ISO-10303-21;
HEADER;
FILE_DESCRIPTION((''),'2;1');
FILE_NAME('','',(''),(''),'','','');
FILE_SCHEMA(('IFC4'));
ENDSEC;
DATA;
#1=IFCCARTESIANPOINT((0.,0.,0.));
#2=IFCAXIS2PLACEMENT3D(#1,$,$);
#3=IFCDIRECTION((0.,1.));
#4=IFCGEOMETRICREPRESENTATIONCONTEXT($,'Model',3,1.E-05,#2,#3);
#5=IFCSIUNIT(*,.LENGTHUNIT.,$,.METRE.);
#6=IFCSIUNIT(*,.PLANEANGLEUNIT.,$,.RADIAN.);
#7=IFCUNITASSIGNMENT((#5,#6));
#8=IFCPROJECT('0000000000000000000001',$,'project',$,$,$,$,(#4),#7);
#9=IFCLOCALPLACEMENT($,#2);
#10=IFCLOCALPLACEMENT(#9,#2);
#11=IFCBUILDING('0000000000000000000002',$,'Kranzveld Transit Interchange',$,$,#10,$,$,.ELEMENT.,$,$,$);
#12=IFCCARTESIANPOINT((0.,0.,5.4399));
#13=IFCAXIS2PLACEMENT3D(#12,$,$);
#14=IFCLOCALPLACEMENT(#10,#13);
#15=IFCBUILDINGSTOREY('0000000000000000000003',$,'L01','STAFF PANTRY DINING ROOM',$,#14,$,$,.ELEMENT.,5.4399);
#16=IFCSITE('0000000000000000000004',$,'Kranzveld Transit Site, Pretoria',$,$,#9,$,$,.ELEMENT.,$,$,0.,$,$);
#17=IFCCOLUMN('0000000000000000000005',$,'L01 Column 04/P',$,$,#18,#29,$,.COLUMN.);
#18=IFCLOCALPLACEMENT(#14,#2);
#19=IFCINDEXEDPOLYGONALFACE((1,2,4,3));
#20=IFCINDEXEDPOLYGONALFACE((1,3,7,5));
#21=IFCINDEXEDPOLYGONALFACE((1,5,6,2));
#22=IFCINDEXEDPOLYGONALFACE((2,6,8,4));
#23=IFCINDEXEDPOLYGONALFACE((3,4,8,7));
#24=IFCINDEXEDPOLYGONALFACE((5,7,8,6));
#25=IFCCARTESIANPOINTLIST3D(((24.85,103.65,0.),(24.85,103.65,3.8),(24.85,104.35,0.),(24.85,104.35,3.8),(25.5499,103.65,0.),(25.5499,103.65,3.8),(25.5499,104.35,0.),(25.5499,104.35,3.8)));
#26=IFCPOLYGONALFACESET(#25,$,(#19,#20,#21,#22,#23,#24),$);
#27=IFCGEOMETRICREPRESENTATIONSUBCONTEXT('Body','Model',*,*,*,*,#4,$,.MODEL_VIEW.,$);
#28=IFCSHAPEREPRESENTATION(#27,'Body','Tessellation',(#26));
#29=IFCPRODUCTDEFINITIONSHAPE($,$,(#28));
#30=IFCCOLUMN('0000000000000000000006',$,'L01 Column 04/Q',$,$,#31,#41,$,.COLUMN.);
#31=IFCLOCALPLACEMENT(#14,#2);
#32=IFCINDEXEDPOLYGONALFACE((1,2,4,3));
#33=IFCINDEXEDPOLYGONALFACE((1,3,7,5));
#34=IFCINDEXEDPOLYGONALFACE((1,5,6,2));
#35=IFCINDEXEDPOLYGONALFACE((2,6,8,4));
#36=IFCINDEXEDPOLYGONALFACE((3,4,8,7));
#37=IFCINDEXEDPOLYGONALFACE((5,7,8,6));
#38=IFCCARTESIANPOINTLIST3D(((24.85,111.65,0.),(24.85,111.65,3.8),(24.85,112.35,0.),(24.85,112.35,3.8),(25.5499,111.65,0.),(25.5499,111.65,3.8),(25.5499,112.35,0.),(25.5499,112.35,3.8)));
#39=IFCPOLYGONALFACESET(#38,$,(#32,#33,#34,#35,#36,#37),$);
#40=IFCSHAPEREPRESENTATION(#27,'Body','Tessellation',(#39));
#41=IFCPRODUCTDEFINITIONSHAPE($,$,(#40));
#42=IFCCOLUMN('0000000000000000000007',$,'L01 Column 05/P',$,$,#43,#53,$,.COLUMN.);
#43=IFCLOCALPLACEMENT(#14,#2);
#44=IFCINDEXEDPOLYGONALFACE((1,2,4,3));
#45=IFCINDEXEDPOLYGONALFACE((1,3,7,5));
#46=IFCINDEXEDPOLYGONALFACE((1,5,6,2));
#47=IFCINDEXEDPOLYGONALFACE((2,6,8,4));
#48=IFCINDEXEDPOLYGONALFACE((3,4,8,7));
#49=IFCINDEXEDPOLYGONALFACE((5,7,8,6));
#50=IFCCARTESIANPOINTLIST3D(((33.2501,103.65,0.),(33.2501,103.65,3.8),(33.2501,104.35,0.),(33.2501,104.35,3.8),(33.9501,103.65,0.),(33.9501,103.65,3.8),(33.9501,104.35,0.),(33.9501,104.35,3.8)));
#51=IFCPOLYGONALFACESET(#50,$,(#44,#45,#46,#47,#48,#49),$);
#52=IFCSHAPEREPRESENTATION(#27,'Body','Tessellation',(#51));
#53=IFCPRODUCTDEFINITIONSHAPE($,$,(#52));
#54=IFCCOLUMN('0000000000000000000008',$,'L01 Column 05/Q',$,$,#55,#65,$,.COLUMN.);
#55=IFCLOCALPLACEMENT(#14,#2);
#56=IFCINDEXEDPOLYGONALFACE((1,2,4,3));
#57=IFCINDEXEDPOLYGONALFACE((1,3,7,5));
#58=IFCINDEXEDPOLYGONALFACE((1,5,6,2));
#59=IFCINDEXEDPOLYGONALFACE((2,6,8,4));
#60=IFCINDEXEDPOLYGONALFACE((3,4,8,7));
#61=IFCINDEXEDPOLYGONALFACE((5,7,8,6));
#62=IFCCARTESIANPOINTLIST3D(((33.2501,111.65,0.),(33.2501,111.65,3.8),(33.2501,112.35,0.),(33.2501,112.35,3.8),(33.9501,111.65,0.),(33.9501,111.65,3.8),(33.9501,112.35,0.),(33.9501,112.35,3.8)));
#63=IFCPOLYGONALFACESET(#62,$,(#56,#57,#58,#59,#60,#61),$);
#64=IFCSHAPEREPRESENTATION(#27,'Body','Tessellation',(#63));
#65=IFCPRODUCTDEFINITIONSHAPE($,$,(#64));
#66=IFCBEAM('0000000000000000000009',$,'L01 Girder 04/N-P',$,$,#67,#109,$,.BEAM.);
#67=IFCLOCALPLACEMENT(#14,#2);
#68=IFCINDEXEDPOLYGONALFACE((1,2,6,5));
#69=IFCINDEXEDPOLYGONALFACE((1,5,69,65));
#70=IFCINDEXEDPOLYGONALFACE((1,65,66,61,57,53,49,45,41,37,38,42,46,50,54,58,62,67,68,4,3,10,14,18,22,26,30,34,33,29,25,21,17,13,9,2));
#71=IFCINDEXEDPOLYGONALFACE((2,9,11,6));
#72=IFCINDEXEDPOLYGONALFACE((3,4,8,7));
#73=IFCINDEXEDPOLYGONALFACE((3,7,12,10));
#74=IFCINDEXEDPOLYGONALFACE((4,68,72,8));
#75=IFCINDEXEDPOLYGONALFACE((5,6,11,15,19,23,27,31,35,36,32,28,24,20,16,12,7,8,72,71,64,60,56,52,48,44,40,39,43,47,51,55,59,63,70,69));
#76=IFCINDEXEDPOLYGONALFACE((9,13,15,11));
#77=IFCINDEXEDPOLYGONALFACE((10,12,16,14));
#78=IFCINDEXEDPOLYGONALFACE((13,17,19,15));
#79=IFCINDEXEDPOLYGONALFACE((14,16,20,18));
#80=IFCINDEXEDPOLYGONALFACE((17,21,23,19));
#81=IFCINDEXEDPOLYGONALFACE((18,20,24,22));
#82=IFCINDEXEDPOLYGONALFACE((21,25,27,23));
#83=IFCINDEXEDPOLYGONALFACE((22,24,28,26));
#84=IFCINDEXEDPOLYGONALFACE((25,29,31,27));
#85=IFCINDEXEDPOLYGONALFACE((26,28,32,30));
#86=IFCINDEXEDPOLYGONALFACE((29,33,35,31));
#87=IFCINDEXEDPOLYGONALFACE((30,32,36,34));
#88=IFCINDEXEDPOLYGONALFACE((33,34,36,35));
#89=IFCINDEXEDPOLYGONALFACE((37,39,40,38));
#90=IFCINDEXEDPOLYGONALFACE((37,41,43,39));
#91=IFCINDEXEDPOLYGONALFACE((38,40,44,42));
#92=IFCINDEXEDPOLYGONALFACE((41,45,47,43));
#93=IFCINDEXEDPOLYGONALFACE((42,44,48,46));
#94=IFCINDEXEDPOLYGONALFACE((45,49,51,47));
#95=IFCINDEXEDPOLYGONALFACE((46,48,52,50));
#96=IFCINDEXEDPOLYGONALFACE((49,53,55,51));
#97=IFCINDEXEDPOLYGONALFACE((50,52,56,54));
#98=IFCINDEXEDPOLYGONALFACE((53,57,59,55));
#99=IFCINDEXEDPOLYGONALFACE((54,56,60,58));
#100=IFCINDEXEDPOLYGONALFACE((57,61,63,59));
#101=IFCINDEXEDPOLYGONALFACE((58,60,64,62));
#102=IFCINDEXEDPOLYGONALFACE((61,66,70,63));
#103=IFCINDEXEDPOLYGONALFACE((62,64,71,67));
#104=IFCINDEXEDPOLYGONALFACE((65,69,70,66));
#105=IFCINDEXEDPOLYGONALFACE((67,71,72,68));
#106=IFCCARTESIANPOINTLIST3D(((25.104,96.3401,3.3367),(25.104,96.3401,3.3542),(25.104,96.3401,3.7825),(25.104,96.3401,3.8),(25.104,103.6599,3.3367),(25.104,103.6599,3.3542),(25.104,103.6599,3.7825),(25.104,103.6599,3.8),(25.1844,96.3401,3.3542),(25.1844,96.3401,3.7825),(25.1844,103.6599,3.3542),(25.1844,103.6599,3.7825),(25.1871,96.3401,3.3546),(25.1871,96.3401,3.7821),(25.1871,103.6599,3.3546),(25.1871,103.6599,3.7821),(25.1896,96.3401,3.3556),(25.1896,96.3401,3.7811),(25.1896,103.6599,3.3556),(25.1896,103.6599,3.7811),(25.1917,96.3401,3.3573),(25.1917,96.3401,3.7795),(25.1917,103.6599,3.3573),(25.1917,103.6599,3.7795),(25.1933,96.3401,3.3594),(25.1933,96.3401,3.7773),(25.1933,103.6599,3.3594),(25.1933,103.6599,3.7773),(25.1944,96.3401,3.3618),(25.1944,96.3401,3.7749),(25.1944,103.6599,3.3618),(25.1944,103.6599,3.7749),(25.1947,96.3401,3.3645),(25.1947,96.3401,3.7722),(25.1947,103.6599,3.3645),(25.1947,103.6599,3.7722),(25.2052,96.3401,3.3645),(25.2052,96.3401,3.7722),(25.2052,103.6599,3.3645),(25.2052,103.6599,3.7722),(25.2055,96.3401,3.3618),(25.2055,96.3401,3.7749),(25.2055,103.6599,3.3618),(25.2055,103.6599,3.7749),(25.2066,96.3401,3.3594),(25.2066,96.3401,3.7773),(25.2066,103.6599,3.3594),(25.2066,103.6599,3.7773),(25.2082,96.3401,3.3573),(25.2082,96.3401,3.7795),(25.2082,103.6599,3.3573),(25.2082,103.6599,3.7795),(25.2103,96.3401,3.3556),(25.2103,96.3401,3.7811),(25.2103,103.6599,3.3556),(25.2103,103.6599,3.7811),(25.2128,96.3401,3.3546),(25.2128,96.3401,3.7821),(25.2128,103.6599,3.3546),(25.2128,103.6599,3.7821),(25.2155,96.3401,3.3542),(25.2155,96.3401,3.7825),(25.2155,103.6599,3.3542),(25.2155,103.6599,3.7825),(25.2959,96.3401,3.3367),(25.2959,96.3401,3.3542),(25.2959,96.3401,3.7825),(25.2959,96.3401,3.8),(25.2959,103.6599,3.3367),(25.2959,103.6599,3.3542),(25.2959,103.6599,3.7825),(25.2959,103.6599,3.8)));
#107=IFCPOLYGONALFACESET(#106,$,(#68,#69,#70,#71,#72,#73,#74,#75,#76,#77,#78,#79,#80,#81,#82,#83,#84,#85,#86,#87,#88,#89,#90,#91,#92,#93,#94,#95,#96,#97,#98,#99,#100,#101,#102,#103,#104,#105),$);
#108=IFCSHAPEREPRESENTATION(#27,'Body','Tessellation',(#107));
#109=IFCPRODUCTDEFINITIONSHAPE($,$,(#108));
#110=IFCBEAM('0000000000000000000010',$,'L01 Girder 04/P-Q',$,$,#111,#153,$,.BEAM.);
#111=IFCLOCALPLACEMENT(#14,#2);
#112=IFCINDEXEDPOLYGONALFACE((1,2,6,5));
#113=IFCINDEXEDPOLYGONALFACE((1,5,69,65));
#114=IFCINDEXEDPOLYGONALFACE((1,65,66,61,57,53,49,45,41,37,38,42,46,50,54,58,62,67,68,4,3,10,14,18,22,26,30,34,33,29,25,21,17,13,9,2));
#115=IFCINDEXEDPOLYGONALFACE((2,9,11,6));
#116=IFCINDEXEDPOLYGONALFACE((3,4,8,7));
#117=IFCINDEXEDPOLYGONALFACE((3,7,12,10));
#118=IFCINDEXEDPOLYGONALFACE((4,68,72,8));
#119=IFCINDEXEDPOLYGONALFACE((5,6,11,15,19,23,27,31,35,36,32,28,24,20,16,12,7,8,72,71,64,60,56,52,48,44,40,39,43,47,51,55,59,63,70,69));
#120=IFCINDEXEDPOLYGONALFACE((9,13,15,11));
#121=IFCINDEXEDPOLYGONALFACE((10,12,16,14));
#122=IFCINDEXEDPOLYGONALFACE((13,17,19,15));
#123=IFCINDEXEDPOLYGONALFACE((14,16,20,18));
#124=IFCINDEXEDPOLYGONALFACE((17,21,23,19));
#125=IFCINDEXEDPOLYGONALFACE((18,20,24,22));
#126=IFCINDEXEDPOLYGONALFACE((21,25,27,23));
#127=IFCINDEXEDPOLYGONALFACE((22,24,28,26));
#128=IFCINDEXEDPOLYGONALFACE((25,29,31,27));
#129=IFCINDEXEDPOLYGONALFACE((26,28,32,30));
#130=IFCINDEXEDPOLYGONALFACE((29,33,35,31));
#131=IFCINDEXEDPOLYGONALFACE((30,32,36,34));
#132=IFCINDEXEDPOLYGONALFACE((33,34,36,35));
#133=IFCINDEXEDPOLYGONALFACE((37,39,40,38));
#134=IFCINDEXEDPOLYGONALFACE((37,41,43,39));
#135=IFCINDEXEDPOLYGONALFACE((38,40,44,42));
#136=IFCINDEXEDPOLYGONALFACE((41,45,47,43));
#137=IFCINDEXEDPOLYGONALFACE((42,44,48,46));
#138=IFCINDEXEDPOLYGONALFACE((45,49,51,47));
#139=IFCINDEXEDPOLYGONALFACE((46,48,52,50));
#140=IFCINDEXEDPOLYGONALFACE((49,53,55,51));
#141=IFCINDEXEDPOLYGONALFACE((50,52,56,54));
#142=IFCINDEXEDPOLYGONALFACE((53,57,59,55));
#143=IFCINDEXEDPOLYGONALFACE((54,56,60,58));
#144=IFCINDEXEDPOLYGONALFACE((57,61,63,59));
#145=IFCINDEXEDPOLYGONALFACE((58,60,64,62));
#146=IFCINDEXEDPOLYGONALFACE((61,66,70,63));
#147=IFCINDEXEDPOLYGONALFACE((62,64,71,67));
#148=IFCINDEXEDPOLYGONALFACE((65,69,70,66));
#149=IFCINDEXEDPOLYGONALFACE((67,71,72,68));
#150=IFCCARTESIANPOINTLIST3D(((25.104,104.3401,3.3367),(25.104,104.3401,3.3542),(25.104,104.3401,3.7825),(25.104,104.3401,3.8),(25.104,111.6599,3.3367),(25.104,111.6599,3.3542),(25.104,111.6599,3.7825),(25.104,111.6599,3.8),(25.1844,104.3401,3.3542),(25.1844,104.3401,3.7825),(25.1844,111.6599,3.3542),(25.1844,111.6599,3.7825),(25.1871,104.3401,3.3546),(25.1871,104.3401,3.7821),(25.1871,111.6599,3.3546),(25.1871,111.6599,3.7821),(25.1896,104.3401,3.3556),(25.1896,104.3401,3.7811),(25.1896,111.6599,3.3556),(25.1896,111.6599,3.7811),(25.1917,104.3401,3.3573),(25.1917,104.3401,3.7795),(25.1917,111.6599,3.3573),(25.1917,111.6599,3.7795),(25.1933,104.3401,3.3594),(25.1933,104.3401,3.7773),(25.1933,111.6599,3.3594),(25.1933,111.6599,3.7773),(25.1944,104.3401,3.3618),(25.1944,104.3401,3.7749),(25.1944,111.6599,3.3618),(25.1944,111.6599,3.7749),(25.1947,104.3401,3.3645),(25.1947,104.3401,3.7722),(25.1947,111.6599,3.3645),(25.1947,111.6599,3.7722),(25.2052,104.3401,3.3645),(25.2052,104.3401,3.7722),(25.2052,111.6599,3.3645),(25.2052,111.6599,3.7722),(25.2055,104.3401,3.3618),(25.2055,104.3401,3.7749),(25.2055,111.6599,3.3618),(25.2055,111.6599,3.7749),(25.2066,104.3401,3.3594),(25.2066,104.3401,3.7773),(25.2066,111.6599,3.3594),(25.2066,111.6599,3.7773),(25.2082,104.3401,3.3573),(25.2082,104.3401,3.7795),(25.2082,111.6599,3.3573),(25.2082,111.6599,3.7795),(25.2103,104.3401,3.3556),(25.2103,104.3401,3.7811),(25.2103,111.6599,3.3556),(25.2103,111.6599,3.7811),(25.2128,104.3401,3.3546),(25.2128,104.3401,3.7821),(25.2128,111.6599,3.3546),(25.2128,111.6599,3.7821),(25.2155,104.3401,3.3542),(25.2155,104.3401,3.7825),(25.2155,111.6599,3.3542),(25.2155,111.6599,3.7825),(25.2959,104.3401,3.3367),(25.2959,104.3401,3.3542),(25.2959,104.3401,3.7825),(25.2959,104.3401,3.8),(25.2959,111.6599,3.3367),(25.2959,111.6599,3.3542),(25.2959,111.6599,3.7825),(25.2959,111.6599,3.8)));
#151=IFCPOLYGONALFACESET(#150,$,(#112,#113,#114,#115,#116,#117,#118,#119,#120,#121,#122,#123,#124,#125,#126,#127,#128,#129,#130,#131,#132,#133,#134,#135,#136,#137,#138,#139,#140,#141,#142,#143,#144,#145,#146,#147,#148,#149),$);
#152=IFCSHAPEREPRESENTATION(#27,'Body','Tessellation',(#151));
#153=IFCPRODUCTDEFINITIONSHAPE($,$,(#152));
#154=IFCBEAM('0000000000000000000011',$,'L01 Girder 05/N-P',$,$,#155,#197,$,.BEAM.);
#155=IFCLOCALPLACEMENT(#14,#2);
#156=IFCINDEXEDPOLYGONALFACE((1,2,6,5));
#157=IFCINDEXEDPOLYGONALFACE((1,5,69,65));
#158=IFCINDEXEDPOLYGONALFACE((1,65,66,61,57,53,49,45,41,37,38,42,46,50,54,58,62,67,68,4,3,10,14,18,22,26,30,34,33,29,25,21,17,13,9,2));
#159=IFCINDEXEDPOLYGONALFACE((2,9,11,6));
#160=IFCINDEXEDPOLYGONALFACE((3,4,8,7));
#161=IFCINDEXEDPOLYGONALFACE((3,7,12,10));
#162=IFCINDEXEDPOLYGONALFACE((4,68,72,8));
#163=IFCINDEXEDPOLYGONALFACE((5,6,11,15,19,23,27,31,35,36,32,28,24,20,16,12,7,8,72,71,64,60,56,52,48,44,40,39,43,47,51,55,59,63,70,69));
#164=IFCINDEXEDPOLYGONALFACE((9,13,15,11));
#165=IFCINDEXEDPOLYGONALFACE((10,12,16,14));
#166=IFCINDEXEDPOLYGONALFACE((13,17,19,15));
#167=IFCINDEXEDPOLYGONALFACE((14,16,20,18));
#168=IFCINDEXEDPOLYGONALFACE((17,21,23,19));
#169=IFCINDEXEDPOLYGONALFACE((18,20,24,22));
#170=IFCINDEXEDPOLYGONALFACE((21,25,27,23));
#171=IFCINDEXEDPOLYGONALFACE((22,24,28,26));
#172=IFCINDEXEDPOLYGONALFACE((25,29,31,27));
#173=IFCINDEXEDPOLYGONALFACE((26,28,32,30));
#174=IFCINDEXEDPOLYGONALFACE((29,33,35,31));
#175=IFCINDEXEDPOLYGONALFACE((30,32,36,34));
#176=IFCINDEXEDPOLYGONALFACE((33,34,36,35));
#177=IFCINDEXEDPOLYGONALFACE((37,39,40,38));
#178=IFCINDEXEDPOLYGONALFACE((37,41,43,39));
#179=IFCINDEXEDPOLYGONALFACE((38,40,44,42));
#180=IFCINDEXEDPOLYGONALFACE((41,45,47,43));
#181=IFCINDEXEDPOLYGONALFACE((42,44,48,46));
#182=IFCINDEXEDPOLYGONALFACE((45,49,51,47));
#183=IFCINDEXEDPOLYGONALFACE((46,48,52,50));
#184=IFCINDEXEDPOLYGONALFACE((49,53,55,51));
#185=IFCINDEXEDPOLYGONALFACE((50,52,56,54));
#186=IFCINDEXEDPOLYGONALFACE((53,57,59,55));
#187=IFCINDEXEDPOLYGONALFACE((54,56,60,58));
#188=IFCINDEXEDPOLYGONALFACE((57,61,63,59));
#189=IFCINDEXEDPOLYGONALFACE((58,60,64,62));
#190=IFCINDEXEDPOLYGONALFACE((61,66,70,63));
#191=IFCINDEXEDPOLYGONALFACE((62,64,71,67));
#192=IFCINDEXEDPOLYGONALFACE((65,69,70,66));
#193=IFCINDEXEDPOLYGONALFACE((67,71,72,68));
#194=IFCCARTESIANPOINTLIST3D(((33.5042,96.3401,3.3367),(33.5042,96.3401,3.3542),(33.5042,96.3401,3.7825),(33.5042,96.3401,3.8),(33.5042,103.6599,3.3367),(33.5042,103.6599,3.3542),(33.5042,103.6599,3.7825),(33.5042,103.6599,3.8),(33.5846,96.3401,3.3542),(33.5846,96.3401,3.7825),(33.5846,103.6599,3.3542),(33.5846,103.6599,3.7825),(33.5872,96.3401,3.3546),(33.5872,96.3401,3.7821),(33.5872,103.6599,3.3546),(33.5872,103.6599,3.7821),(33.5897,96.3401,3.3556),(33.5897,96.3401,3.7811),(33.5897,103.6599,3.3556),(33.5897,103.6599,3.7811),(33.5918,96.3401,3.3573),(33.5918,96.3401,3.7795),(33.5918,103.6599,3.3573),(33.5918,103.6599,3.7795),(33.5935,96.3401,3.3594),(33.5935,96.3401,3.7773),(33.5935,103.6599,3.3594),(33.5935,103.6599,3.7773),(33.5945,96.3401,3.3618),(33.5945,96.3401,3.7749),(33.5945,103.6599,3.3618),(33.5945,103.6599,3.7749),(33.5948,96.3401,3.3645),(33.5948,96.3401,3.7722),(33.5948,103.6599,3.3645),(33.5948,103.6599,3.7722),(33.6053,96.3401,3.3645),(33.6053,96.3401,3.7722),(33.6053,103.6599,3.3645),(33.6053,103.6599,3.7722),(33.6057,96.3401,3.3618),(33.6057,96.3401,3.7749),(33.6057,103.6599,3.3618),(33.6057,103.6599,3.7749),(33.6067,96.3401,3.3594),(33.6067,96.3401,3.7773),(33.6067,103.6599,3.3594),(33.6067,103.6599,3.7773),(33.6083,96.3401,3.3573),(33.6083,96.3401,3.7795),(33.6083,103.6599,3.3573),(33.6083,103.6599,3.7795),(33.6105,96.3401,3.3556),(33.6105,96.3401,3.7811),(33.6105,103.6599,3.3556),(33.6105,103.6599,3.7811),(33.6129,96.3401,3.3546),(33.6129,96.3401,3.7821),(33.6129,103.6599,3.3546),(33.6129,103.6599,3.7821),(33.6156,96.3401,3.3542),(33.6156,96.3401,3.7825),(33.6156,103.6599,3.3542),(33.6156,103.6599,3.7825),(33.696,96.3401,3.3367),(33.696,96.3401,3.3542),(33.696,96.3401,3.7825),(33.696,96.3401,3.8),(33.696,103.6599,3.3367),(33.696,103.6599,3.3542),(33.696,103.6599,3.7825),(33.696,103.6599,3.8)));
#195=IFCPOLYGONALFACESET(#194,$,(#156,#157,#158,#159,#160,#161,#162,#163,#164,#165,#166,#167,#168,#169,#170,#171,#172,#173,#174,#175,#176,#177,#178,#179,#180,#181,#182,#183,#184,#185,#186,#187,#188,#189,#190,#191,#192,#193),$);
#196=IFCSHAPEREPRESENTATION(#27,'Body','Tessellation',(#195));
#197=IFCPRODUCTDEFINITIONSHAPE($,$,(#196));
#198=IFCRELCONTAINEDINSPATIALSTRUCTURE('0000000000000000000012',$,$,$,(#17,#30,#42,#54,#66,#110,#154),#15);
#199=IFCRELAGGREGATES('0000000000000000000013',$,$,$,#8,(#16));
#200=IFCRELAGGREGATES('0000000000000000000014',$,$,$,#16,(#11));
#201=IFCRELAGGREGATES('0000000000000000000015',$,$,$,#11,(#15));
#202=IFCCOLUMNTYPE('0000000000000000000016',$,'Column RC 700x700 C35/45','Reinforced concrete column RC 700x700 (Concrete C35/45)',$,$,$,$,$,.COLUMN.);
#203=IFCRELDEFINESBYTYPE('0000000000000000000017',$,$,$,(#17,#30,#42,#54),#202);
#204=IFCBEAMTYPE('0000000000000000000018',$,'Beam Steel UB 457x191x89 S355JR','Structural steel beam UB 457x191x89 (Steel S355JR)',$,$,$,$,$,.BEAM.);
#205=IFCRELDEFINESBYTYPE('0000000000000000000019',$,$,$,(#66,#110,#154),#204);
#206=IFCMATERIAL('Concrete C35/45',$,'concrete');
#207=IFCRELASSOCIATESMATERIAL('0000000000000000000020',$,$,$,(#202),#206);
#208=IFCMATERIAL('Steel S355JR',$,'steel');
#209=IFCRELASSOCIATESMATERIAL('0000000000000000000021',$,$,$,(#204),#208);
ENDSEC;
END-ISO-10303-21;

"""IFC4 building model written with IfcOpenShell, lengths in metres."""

from ifc_helpers import new_model, si_unit, direction, frame, origin, origin_2d, place, context, subcontext, project, spatial, rectangle, i_section, extrude, material, material_profile, profile_set, type_object, element, save


model = new_model("IFC4")

# Units and contexts
model_context = context("Model", 3, precision=1e-05, world=origin(), true_north=direction((0.0, 1.0)))
body_context = subcontext(model_context, "Body", "Model", "MODEL_VIEW")
ifc_project = project(units=[si_unit("LENGTHUNIT", "METRE"), si_unit("PLANEANGLEUNIT", "RADIAN")], contexts=[model_context])

# Site, building, storey
site_placement = place(None, origin())
site = spatial("IfcSite", under=ifc_project, at=site_placement, Name="Kranzveld Transit Site, Pretoria", CompositionType="ELEMENT", RefElevation=0.0)
building_placement = place(site_placement, origin())
building = spatial("IfcBuilding", under=site, at=building_placement, Name="Kranzveld Transit Interchange", CompositionType="ELEMENT")
storey_placement = place(building_placement, frame((0.0, 0.0, 5.4399)))
storey = spatial("IfcBuildingStorey", under=building, at=storey_placement, Name="L01", Description="STAFF PANTRY DINING ROOM", CompositionType="ELEMENT", Elevation=5.4399)

# Columns
ifc_material_1 = material(Name="Concrete C35/45", Category="concrete")
ifc_material_profile_1 = material_profile(ifc_material_1, rectangle(XDim=0.7, YDim=0.7, at=origin_2d()), Name="RC 700x700")
ifc_profile_set_1 = profile_set([ifc_material_profile_1], Name="Concrete C35/45")
column_type = type_object("IfcColumnType", Name="Column RC 700x700 C35/45", Description="Reinforced concrete column RC 700x700 (Concrete C35/45)", PredefinedType="COLUMN", material=ifc_profile_set_1)
for number, where, z_axis, x_axis, name in (
    (1, (25.2, 104.0, 0.0), (0.0, 0.0, 1.0), (1.0, 0.0, 0.0), "L01 Column 04/P"),
    (2, (25.2, 112.0, 0.0), (0.0, 0.0, 1.0), (1.0, 0.0, 0.0), "L01 Column 04/Q"),
    (3, (33.6001, 104.0, 0.0), (0.0, 0.0, 1.0), (1.0, 0.0, 0.0), "L01 Column 05/P"),
    (4, (33.6001, 112.0, 0.0), (0.0, 0.0, 1.0), (1.0, 0.0, 0.0), "L01 Column 05/Q"),
):
    element("IfcColumn", number, at=place(storey_placement, frame(where, z_axis=z_axis, x_axis=x_axis)), inside=storey, type_object=column_type, Name=name, PredefinedType="COLUMN", context=body_context, shape_type="SweptSolid", body=[
        extrude(rectangle(XDim=0.7, YDim=0.7, at=origin_2d()), origin(), (0.0, 0.0, 1.0), 3.8),
    ])

# Beams
ifc_material_2 = material(Name="Steel S355JR", Category="steel")
ifc_material_profile_2 = material_profile(ifc_material_2, i_section(OverallWidth=0.1919, OverallDepth=0.4634, WebThickness=0.0105, FlangeThickness=0.0176, FilletRadius=0.0103, at=origin_2d()), Name="UB 457x191x89")
ifc_profile_set_2 = profile_set([ifc_material_profile_2], Name="Steel S355JR")
beam_type_1 = type_object("IfcBeamType", Name="Beam Steel UB 457x191x89 S355JR", Description="Structural steel beam UB 457x191x89 (Steel S355JR)", PredefinedType="BEAM", material=ifc_profile_set_2)
for number, where, z_axis, x_axis, name in (
    (5, (25.2, 96.3401, 3.5684), (0.0, 1.0, 0.0), (-1.0, 0.0, 0.0), "L01 Girder 04/N-P"),
    (6, (25.2, 104.3401, 3.5684), (0.0, 1.0, 0.0), (-1.0, 0.0, 0.0), "L01 Girder 04/P-Q"),
    (7, (33.6001, 96.3401, 3.5684), (0.0, 1.0, 0.0), (-1.0, 0.0, 0.0), "L01 Girder 05/N-P"),
):
    element("IfcBeam", number, at=place(storey_placement, frame(where, z_axis=z_axis, x_axis=x_axis)), inside=storey, type_object=beam_type_1, Name=name, PredefinedType="BEAM", context=body_context, shape_type="SweptSolid", body=[
        extrude(i_section(OverallWidth=0.1919, OverallDepth=0.4634, WebThickness=0.0105, FlangeThickness=0.0176, FilletRadius=0.0103, at=origin_2d()), origin(), (0.0, 0.0, 1.0), 7.3198),
    ])

save(model, "model.ifc")
